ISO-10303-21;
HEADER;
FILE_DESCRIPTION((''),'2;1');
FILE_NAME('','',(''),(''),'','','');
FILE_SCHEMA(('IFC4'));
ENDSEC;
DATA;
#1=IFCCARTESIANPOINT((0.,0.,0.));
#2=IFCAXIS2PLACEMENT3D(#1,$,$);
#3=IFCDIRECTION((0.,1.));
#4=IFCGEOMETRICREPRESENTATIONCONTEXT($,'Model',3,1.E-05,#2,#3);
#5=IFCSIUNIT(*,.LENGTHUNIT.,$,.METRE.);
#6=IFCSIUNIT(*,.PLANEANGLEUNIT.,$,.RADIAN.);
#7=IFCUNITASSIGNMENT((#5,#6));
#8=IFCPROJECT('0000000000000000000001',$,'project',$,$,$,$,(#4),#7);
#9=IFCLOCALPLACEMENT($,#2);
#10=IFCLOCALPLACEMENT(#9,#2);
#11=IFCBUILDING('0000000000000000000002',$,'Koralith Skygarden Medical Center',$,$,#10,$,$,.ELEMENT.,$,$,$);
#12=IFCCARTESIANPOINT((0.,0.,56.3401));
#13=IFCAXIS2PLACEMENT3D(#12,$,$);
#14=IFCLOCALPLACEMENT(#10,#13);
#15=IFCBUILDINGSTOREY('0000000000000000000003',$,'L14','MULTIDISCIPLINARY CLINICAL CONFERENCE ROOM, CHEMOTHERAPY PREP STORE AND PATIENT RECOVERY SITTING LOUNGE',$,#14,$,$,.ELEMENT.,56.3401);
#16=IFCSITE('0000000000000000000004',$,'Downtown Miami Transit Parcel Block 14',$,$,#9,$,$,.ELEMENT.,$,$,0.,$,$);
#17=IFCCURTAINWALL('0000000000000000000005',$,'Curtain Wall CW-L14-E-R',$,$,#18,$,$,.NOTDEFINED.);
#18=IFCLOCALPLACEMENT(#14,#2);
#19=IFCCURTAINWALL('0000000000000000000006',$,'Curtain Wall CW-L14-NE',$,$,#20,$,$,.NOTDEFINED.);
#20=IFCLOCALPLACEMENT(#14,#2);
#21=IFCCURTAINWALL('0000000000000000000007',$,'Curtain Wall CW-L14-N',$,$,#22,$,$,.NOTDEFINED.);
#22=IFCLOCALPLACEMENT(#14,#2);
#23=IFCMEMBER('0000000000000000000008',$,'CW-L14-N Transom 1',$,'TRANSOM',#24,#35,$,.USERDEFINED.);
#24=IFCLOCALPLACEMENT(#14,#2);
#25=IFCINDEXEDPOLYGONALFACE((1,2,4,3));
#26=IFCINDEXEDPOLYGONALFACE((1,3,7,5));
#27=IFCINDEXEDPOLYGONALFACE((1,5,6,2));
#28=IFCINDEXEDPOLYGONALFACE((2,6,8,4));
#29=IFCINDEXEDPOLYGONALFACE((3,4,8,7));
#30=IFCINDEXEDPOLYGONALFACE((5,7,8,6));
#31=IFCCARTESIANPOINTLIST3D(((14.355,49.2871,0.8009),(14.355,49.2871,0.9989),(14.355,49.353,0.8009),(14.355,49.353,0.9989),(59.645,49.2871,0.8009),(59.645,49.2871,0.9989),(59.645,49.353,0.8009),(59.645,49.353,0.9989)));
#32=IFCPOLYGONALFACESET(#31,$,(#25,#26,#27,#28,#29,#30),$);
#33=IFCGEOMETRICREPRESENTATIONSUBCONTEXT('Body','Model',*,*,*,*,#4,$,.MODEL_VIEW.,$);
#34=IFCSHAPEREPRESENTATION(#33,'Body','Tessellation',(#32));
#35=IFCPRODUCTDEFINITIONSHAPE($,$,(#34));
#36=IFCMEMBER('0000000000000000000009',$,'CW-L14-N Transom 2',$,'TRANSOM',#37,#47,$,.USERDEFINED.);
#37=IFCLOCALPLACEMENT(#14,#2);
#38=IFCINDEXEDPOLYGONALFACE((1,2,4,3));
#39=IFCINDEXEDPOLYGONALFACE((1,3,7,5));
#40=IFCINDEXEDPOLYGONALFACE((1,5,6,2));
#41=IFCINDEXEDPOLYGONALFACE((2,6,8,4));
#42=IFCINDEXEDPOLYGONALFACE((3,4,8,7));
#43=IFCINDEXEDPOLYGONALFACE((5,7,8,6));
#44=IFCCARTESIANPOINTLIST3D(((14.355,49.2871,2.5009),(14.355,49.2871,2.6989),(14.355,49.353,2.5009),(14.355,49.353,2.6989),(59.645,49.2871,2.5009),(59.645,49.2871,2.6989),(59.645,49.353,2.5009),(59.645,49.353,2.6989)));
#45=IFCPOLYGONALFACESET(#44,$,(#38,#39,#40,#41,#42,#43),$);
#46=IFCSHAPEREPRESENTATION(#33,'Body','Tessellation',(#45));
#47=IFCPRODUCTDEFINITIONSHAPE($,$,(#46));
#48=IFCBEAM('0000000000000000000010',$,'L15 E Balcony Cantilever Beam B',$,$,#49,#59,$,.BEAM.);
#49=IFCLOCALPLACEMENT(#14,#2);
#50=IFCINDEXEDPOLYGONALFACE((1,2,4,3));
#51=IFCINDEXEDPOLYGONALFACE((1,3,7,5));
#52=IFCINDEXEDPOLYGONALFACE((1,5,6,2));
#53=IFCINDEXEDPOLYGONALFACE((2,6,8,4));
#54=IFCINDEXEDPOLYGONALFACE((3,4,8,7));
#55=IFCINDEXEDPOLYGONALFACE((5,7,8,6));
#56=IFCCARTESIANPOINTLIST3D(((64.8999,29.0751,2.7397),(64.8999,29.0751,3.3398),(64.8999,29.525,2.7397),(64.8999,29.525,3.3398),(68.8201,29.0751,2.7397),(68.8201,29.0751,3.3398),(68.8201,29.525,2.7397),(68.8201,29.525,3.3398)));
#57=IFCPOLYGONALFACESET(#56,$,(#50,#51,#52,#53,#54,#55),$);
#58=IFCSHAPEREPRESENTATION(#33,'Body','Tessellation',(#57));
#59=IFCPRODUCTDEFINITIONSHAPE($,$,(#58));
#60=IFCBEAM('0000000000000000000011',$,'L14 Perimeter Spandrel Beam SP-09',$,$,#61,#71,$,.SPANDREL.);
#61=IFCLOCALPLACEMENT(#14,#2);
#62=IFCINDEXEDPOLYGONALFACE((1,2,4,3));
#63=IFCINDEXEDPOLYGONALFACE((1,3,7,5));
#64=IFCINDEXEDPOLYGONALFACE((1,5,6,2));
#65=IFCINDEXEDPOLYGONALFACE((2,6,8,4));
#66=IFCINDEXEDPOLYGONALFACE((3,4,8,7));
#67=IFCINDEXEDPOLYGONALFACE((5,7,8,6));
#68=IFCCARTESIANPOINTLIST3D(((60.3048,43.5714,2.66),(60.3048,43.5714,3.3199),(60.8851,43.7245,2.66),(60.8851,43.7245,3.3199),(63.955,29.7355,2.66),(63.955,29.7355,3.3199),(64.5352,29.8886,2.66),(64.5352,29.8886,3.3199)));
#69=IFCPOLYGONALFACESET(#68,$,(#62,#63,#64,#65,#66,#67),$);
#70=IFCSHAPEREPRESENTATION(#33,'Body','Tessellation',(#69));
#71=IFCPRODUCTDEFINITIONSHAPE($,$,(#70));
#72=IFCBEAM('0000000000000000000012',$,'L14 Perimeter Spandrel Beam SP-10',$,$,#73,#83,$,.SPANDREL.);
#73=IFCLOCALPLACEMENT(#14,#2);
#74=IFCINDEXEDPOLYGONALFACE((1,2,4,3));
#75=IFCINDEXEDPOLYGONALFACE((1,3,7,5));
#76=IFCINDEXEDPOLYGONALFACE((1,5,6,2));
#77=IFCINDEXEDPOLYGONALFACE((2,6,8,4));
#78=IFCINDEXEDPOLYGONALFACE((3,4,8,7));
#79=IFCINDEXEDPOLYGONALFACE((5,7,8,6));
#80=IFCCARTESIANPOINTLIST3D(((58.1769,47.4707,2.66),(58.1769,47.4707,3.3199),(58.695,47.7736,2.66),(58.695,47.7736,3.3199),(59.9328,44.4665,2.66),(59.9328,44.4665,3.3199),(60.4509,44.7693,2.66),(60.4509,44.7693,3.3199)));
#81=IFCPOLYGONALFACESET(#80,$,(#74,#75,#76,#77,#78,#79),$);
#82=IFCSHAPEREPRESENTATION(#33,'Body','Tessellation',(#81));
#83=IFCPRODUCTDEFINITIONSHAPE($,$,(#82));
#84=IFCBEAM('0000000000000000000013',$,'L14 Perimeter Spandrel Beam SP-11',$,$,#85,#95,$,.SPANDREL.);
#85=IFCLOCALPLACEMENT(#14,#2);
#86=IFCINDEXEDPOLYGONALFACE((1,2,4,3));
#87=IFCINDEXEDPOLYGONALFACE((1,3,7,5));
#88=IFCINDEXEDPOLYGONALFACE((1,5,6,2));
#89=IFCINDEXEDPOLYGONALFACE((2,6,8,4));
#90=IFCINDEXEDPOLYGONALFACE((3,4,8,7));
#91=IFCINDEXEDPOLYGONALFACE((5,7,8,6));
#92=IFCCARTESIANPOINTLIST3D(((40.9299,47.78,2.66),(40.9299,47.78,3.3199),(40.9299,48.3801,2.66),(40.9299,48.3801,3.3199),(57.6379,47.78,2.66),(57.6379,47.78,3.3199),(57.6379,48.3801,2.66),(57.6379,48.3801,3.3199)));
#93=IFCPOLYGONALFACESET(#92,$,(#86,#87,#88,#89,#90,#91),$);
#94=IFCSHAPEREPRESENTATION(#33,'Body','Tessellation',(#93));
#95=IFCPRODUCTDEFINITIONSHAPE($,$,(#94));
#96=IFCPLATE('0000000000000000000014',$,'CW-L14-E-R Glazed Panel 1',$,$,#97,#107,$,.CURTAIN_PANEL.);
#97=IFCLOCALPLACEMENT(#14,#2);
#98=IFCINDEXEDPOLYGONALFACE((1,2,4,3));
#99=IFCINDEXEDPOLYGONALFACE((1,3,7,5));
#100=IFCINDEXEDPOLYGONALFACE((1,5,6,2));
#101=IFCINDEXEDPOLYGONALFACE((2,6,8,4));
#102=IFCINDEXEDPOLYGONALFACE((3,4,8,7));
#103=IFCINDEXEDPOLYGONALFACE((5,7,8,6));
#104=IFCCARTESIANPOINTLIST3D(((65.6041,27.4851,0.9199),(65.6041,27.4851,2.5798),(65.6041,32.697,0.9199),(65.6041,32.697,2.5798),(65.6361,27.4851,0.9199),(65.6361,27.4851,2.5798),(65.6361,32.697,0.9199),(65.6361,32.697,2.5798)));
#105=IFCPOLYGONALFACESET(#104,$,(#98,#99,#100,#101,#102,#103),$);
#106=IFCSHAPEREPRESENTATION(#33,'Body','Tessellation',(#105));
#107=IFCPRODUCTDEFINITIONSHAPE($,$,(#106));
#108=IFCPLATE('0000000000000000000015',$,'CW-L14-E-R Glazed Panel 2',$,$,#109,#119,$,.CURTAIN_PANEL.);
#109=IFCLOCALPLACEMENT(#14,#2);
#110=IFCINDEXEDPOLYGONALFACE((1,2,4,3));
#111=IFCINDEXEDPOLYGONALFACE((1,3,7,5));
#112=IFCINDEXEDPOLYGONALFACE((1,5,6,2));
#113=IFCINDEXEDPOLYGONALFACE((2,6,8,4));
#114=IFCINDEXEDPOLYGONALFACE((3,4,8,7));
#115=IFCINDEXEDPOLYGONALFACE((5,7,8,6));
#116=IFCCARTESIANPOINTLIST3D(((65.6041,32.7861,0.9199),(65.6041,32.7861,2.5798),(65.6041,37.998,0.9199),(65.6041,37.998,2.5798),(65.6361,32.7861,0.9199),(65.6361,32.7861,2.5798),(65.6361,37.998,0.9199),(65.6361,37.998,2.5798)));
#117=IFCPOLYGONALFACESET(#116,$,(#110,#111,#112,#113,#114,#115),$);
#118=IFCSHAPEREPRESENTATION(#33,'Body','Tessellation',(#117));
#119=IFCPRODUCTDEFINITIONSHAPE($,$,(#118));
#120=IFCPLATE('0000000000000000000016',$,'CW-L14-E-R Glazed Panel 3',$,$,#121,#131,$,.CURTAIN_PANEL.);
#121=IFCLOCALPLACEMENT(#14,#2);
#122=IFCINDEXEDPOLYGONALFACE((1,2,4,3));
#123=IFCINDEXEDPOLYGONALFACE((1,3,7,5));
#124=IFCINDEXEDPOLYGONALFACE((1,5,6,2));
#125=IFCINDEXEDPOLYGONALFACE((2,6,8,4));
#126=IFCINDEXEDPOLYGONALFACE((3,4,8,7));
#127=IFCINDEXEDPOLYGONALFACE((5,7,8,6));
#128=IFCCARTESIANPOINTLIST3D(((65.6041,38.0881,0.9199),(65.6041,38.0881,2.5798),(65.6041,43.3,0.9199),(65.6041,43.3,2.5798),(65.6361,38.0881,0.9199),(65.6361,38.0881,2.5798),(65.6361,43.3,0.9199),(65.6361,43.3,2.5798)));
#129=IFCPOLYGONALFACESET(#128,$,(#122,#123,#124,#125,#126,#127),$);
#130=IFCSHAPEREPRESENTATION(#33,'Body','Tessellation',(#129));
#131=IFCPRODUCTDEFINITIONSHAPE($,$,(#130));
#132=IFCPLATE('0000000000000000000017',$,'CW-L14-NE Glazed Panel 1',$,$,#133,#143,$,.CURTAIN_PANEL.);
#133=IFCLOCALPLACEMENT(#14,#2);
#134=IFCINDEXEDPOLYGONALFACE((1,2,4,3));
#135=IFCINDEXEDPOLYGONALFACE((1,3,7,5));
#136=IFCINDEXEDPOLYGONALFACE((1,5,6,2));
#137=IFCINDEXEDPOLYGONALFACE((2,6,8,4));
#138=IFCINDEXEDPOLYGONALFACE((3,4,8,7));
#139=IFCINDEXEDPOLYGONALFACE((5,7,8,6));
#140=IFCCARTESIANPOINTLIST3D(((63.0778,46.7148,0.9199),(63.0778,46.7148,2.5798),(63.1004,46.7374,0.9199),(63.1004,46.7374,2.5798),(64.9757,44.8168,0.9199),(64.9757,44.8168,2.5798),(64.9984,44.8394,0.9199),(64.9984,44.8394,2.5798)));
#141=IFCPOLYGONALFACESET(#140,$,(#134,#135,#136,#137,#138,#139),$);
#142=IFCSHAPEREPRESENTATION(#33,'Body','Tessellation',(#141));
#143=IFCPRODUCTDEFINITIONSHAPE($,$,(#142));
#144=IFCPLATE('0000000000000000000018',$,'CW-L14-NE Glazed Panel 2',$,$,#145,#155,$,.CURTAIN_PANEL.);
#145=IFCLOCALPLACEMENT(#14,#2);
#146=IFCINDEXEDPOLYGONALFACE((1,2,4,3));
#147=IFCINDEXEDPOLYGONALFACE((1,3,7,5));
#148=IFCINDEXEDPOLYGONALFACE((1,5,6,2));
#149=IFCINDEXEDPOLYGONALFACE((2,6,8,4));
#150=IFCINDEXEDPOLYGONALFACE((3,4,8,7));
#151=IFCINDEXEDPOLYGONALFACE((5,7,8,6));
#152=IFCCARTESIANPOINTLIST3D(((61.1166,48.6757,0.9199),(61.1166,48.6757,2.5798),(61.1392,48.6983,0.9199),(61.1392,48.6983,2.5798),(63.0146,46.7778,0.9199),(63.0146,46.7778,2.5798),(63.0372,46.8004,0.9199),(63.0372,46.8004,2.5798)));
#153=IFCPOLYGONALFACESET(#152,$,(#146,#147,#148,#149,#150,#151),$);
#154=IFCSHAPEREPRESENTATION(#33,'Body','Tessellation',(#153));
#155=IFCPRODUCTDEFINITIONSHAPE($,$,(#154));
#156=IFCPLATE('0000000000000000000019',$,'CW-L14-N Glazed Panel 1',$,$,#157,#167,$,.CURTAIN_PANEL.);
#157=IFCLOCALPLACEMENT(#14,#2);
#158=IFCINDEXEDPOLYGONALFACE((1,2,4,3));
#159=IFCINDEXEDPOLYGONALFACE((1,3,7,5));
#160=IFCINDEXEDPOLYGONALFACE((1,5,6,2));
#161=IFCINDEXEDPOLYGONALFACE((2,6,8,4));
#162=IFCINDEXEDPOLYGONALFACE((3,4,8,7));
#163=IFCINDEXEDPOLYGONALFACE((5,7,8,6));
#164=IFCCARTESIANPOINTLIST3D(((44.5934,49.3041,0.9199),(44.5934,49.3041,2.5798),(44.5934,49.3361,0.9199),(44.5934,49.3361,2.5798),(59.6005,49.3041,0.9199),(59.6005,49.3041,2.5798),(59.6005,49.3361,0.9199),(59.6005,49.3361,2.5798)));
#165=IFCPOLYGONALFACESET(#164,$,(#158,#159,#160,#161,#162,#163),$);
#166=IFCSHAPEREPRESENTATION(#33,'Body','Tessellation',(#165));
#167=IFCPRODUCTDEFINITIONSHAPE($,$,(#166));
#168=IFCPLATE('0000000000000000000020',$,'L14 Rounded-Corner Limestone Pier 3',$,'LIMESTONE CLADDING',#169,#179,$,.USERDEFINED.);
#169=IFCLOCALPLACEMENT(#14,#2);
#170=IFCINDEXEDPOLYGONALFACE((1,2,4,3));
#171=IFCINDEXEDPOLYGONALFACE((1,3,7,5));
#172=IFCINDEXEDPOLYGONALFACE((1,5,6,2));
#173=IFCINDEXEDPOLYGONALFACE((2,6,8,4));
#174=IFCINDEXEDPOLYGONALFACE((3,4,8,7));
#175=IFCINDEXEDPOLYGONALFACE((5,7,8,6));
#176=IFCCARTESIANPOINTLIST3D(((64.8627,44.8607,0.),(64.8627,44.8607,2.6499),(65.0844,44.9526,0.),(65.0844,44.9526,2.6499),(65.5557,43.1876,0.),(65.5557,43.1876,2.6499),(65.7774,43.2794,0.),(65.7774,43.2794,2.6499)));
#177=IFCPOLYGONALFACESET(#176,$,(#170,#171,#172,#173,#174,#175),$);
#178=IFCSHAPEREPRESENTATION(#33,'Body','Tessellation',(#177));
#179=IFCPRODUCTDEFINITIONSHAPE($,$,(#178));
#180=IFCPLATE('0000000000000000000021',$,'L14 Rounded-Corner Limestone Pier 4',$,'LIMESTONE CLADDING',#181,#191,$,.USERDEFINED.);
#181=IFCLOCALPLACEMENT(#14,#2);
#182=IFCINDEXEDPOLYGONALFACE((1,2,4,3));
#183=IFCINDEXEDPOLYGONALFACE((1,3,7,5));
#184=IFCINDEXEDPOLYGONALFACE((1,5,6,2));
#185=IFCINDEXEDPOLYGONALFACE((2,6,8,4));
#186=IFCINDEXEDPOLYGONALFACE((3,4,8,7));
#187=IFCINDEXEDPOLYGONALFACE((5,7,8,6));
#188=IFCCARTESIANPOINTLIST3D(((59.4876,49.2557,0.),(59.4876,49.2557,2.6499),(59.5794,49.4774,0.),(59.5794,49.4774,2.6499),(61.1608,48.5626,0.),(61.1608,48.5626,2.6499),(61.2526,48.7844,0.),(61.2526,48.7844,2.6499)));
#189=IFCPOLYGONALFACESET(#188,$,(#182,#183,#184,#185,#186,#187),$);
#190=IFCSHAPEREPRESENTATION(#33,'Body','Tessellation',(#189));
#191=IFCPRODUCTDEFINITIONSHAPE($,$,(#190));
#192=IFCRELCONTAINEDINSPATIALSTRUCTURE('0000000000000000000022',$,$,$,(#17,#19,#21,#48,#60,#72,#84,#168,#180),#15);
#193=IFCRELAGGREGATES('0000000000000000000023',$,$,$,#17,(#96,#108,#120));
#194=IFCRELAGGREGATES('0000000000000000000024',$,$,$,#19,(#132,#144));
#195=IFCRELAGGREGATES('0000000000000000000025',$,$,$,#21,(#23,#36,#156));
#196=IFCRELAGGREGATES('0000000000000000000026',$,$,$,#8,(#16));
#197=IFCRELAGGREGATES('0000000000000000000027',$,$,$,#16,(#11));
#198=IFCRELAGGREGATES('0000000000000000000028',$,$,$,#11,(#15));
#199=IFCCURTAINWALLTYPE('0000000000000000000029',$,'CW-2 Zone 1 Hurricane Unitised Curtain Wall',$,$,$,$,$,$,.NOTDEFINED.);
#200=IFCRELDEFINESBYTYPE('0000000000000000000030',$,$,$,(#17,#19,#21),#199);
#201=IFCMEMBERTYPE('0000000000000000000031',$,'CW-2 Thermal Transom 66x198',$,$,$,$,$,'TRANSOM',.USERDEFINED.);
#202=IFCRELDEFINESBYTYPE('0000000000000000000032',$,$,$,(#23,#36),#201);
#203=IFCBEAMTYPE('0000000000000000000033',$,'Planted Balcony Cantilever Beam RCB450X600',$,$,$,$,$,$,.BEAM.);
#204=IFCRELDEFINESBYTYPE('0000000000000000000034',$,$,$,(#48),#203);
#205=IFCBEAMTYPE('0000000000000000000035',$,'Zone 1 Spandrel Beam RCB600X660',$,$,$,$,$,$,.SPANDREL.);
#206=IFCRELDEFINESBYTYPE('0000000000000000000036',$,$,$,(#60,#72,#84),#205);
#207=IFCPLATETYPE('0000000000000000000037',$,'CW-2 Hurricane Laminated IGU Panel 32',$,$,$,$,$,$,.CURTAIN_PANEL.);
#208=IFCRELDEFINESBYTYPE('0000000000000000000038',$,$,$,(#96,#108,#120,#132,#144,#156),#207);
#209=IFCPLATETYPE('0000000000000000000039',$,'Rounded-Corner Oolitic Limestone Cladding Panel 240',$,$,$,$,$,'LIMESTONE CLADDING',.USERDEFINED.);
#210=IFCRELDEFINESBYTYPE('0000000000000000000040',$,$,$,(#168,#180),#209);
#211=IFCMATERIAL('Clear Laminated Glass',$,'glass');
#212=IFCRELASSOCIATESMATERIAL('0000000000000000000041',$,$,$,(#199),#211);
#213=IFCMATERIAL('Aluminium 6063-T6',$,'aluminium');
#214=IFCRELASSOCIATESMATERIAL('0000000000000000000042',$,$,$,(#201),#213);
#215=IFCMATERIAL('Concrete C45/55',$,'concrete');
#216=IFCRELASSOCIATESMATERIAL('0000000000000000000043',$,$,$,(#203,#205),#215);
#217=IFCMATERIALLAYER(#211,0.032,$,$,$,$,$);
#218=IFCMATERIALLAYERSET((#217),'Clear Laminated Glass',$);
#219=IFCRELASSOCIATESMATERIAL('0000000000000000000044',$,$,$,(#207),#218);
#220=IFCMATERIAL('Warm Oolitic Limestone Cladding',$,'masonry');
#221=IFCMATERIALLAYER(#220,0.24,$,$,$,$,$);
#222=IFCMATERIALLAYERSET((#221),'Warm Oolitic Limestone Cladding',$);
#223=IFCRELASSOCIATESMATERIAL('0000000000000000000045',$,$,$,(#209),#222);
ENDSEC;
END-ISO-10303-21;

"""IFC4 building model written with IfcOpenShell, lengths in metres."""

from ifc_helpers import new_model, si_unit, direction, frame, origin, origin_2d, place, context, subcontext, project, spatial, rectangle, extrude, material, layer, layer_set, material_profile, profile_set, type_object, element, aggregate, save


model = new_model("IFC4")

# Units and contexts
model_context = context("Model", 3, precision=1e-05, world=origin(), true_north=direction((0.0, 1.0)))
body_context = subcontext(model_context, "Body", "Model", "MODEL_VIEW")
ifc_project = project(units=[si_unit("LENGTHUNIT", "METRE"), si_unit("PLANEANGLEUNIT", "RADIAN")], contexts=[model_context])

# Site, building, storey
site_placement = place(None, origin())
site = spatial("IfcSite", under=ifc_project, at=site_placement, Name="Downtown Miami Transit Parcel Block 14", CompositionType="ELEMENT", RefElevation=0.0)
building_placement = place(site_placement, origin())
building = spatial("IfcBuilding", under=site, at=building_placement, Name="Koralith Skygarden Medical Center", CompositionType="ELEMENT")
storey_placement = place(building_placement, frame((0.0, 0.0, 56.3401)))
storey = spatial("IfcBuildingStorey", under=building, at=storey_placement, Name="L14", Description="MULTIDISCIPLINARY CLINICAL CONFERENCE ROOM, CHEMOTHERAPY PREP STORE AND PATIENT RECOVERY SITTING LOUNGE", CompositionType="ELEMENT", Elevation=56.3401)

# Curtain walls
ifc_material_1 = material(Name="Clear Laminated Glass", Category="glass")
curtain_wall_type = type_object("IfcCurtainWallType", Name="CW-2 Zone 1 Hurricane Unitised Curtain Wall", PredefinedType="NOTDEFINED", material=ifc_material_1)
curtain_wall_1_placement = place(storey_placement, origin())
curtain_wall_1 = element("IfcCurtainWall", 1, at=curtain_wall_1_placement, inside=storey, type_object=curtain_wall_type, Name="Curtain Wall CW-L14-E-R", PredefinedType="NOTDEFINED")
ifc_material_2 = material(Name="Aluminium 6063-T6", Category="aluminium")
curtain_wall_2_placement = place(storey_placement, origin())
curtain_wall_2 = element("IfcCurtainWall", 2, at=curtain_wall_2_placement, inside=storey, type_object=curtain_wall_type, Name="Curtain Wall CW-L14-NE", PredefinedType="NOTDEFINED")

# Curtain wall
curtain_wall_3_placement = place(storey_placement, origin())
curtain_wall_3 = element("IfcCurtainWall", 3, at=curtain_wall_3_placement, inside=storey, type_object=curtain_wall_type, Name="Curtain Wall CW-L14-N", PredefinedType="NOTDEFINED")

# Members
ifc_material_profile_1 = material_profile(ifc_material_2, rectangle(XDim=0.0659, YDim=0.198, at=origin_2d()), Name="TRN66X198")
ifc_profile_set_1 = profile_set([ifc_material_profile_1], Name="Aluminium 6063-T6")
member_type_1 = type_object("IfcMemberType", Name="CW-2 Thermal Transom 66x198", ElementType="TRANSOM", PredefinedType="USERDEFINED", material=ifc_profile_set_1)
member_1_placement = place(storey_placement, frame((59.645, 49.3201, 0.8999), z_axis=(-1.0, 0.0, 0.0), x_axis=(0.0, -1.0, 0.0)))
member_1 = element("IfcMember", 4, at=member_1_placement, type_object=member_type_1, Name="CW-L14-N Transom 1", ObjectType="TRANSOM", PredefinedType="USERDEFINED", context=body_context, shape_type="SweptSolid", body=[
    extrude(rectangle(XDim=0.0659, YDim=0.198, at=origin_2d()), origin(), (0.0, 0.0, 1.0), 45.29),
])
member_2_placement = place(storey_placement, frame((59.645, 49.3201, 2.5999), z_axis=(-1.0, 0.0, 0.0), x_axis=(0.0, -1.0, 0.0)))
member_2 = element("IfcMember", 5, at=member_2_placement, type_object=member_type_1, Name="CW-L14-N Transom 2", ObjectType="TRANSOM", PredefinedType="USERDEFINED", context=body_context, shape_type="SweptSolid", body=[
    extrude(rectangle(XDim=0.0659, YDim=0.198, at=origin_2d()), origin(), (0.0, 0.0, 1.0), 45.29),
])

# Beams
ifc_material_3 = material(Name="Concrete C45/55", Category="concrete")
ifc_material_profile_2 = material_profile(ifc_material_3, rectangle(XDim=0.45, YDim=0.6001, at=origin_2d()), Name="RCB450X600")
ifc_profile_set_2 = profile_set([ifc_material_profile_2], Name="Concrete C45/55")
beam_type_1 = type_object("IfcBeamType", Name="Planted Balcony Cantilever Beam RCB450X600", PredefinedType="BEAM", material=ifc_profile_set_2)
beam_1_placement = place(storey_placement, frame((64.8999, 29.3, 3.0398), z_axis=(1.0, 0.0, 0.0), x_axis=(0.0, 1.0, 0.0)))
element("IfcBeam", 6, at=beam_1_placement, inside=storey, type_object=beam_type_1, Name="L15 E Balcony Cantilever Beam B", PredefinedType="BEAM", context=body_context, shape_type="SweptSolid", body=[
    extrude(rectangle(XDim=0.45, YDim=0.6001, at=origin_2d()), origin(), (0.0, 0.0, 1.0), 3.9202),
])
ifc_material_profile_3 = material_profile(ifc_material_3, rectangle(XDim=0.6001, YDim=0.6599, at=origin_2d()), Name="RCB600X660")
ifc_profile_set_3 = profile_set([ifc_material_profile_3], Name="Concrete C45/55")
beam_type_2 = type_object("IfcBeamType", Name="Zone 1 Spandrel Beam RCB600X660", PredefinedType="SPANDREL", material=ifc_profile_set_3)
beam_2_placement = place(storey_placement, frame((64.2451, 29.812, 2.99), z_axis=(-0.255089, 0.966918, 0.0), x_axis=(-0.966918, -0.255089, 0.0)))
element("IfcBeam", 7, at=beam_2_placement, inside=storey, type_object=beam_type_2, Name="L14 Perimeter Spandrel Beam SP-09", PredefinedType="SPANDREL", context=body_context, shape_type="SweptSolid", body=[
    extrude(rectangle(XDim=0.6001, YDim=0.6599, at=origin_2d()), origin(), (0.0, 0.0, 1.0), 14.3093),
])
beam_3_placement = place(storey_placement, frame((60.1919, 44.6179, 2.99), z_axis=(-0.504608, 0.863349, 0.0), x_axis=(-0.863349, -0.504608, 0.0)))
element("IfcBeam", 8, at=beam_3_placement, inside=storey, type_object=beam_type_2, Name="L14 Perimeter Spandrel Beam SP-10", PredefinedType="SPANDREL", context=body_context, shape_type="SweptSolid", body=[
    extrude(rectangle(XDim=0.6001, YDim=0.6599, at=origin_2d()), origin(), (0.0, 0.0, 1.0), 3.4797),
])
beam_4_placement = place(storey_placement, frame((57.6379, 48.0801, 2.99), z_axis=(-1.0, 0.0, 0.0), x_axis=(0.0, -1.0, 0.0)))
element("IfcBeam", 9, at=beam_4_placement, inside=storey, type_object=beam_type_2, Name="L14 Perimeter Spandrel Beam SP-11", PredefinedType="SPANDREL", context=body_context, shape_type="SweptSolid", body=[
    extrude(rectangle(XDim=0.6001, YDim=0.6599, at=origin_2d()), origin(), (0.0, 0.0, 1.0), 16.708),
])

# Plates
ifc_layer_1 = layer(ifc_material_1, 0.032)
ifc_layer_set_1 = layer_set([ifc_layer_1], Name="Clear Laminated Glass")
plate_type_1 = type_object("IfcPlateType", Name="CW-2 Hurricane Laminated IGU Panel 32", PredefinedType="CURTAIN_PANEL", material=ifc_layer_set_1)
plate_1_placement = place(storey_placement, frame((65.6201, 30.0911, 0.9199), z_axis=(0.0, 0.0, 1.0), x_axis=(0.0, 1.0, 0.0)))
plate_1 = element("IfcPlate", 10, at=plate_1_placement, type_object=plate_type_1, Name="CW-L14-E-R Glazed Panel 1", PredefinedType="CURTAIN_PANEL", context=body_context, shape_type="SweptSolid", body=[
    extrude(rectangle(XDim=5.2119, YDim=0.032, at=origin_2d()), origin(), (0.0, 0.0, 1.0), 1.6599),
])
plate_2_placement = place(storey_placement, frame((65.6201, 35.3921, 0.9199), z_axis=(0.0, 0.0, 1.0), x_axis=(0.0, 1.0, 0.0)))
plate_2 = element("IfcPlate", 11, at=plate_2_placement, type_object=plate_type_1, Name="CW-L14-E-R Glazed Panel 2", PredefinedType="CURTAIN_PANEL", context=body_context, shape_type="SweptSolid", body=[
    extrude(rectangle(XDim=5.2119, YDim=0.032, at=origin_2d()), origin(), (0.0, 0.0, 1.0), 1.6599),
])
plate_3_placement = place(storey_placement, frame((65.6201, 40.6941, 0.9199), z_axis=(0.0, 0.0, 1.0), x_axis=(0.0, 1.0, 0.0)))
plate_3 = element("IfcPlate", 12, at=plate_3_placement, type_object=plate_type_1, Name="CW-L14-E-R Glazed Panel 3", PredefinedType="CURTAIN_PANEL", context=body_context, shape_type="SweptSolid", body=[
    extrude(rectangle(XDim=5.2119, YDim=0.032, at=origin_2d()), origin(), (0.0, 0.0, 1.0), 1.6599),
])
aggregate(curtain_wall_1, [plate_1, plate_2, plate_3])
plate_4_placement = place(storey_placement, frame((64.0381, 45.7771, 0.9199), z_axis=(0.0, 0.0, 1.0), x_axis=(-0.707107, 0.707107, 0.0)))
plate_4 = element("IfcPlate", 13, at=plate_4_placement, type_object=plate_type_1, Name="CW-L14-NE Glazed Panel 1", PredefinedType="CURTAIN_PANEL", context=body_context, shape_type="SweptSolid", body=[
    extrude(rectangle(XDim=2.6841, YDim=0.032, at=origin_2d()), origin(), (0.0, 0.0, 1.0), 1.6599),
])
plate_5_placement = place(storey_placement, frame((62.0769, 47.738, 0.9199), z_axis=(0.0, 0.0, 1.0), x_axis=(-0.707107, 0.707107, 0.0)))
plate_5 = element("IfcPlate", 14, at=plate_5_placement, type_object=plate_type_1, Name="CW-L14-NE Glazed Panel 2", PredefinedType="CURTAIN_PANEL", context=body_context, shape_type="SweptSolid", body=[
    extrude(rectangle(XDim=2.6841, YDim=0.032, at=origin_2d()), origin(), (0.0, 0.0, 1.0), 1.6599),
])
aggregate(curtain_wall_2, [plate_4, plate_5])
plate_6_placement = place(storey_placement, frame((52.0969, 49.3201, 0.9199), z_axis=(0.0, 0.0, 1.0), x_axis=(-1.0, 0.0, 0.0)))
plate_6 = element("IfcPlate", 15, at=plate_6_placement, type_object=plate_type_1, Name="CW-L14-N Glazed Panel 1", PredefinedType="CURTAIN_PANEL", context=body_context, shape_type="SweptSolid", body=[
    extrude(rectangle(XDim=15.0071, YDim=0.032, at=origin_2d()), origin(), (0.0, 0.0, 1.0), 1.6599),
])
aggregate(curtain_wall_3, [member_1, member_2, plate_6])

# Plates
ifc_material_4 = material(Name="Warm Oolitic Limestone Cladding", Category="masonry")
ifc_layer_2 = layer(ifc_material_4, 0.24)
ifc_layer_set_2 = layer_set([ifc_layer_2], Name="Warm Oolitic Limestone Cladding")
plate_type_2 = type_object("IfcPlateType", Name="Rounded-Corner Oolitic Limestone Cladding Panel 240", ElementType="LIMESTONE CLADDING", PredefinedType="USERDEFINED", material=ifc_layer_set_2)
for number, where, z_axis, x_axis, name in (
    (16, (65.3201, 44.0701, 0.0), (0.0, 0.0, 1.0), (-0.382671, 0.923885, 0.0), "L14 Rounded-Corner Limestone Pier 3"),
    (17, (60.3701, 49.02, 0.0), (0.0, 0.0, 1.0), (-0.923885, 0.382671, 0.0), "L14 Rounded-Corner Limestone Pier 4"),
):
    element("IfcPlate", number, at=place(storey_placement, frame(where, z_axis=z_axis, x_axis=x_axis)), inside=storey, type_object=plate_type_2, Name=name, ObjectType="LIMESTONE CLADDING", PredefinedType="USERDEFINED", context=body_context, shape_type="SweptSolid", body=[
        extrude(rectangle(XDim=1.811, YDim=0.24, at=origin_2d()), origin(), (0.0, 0.0, 1.0), 2.6499),
    ])

save(model, "model.ifc")
